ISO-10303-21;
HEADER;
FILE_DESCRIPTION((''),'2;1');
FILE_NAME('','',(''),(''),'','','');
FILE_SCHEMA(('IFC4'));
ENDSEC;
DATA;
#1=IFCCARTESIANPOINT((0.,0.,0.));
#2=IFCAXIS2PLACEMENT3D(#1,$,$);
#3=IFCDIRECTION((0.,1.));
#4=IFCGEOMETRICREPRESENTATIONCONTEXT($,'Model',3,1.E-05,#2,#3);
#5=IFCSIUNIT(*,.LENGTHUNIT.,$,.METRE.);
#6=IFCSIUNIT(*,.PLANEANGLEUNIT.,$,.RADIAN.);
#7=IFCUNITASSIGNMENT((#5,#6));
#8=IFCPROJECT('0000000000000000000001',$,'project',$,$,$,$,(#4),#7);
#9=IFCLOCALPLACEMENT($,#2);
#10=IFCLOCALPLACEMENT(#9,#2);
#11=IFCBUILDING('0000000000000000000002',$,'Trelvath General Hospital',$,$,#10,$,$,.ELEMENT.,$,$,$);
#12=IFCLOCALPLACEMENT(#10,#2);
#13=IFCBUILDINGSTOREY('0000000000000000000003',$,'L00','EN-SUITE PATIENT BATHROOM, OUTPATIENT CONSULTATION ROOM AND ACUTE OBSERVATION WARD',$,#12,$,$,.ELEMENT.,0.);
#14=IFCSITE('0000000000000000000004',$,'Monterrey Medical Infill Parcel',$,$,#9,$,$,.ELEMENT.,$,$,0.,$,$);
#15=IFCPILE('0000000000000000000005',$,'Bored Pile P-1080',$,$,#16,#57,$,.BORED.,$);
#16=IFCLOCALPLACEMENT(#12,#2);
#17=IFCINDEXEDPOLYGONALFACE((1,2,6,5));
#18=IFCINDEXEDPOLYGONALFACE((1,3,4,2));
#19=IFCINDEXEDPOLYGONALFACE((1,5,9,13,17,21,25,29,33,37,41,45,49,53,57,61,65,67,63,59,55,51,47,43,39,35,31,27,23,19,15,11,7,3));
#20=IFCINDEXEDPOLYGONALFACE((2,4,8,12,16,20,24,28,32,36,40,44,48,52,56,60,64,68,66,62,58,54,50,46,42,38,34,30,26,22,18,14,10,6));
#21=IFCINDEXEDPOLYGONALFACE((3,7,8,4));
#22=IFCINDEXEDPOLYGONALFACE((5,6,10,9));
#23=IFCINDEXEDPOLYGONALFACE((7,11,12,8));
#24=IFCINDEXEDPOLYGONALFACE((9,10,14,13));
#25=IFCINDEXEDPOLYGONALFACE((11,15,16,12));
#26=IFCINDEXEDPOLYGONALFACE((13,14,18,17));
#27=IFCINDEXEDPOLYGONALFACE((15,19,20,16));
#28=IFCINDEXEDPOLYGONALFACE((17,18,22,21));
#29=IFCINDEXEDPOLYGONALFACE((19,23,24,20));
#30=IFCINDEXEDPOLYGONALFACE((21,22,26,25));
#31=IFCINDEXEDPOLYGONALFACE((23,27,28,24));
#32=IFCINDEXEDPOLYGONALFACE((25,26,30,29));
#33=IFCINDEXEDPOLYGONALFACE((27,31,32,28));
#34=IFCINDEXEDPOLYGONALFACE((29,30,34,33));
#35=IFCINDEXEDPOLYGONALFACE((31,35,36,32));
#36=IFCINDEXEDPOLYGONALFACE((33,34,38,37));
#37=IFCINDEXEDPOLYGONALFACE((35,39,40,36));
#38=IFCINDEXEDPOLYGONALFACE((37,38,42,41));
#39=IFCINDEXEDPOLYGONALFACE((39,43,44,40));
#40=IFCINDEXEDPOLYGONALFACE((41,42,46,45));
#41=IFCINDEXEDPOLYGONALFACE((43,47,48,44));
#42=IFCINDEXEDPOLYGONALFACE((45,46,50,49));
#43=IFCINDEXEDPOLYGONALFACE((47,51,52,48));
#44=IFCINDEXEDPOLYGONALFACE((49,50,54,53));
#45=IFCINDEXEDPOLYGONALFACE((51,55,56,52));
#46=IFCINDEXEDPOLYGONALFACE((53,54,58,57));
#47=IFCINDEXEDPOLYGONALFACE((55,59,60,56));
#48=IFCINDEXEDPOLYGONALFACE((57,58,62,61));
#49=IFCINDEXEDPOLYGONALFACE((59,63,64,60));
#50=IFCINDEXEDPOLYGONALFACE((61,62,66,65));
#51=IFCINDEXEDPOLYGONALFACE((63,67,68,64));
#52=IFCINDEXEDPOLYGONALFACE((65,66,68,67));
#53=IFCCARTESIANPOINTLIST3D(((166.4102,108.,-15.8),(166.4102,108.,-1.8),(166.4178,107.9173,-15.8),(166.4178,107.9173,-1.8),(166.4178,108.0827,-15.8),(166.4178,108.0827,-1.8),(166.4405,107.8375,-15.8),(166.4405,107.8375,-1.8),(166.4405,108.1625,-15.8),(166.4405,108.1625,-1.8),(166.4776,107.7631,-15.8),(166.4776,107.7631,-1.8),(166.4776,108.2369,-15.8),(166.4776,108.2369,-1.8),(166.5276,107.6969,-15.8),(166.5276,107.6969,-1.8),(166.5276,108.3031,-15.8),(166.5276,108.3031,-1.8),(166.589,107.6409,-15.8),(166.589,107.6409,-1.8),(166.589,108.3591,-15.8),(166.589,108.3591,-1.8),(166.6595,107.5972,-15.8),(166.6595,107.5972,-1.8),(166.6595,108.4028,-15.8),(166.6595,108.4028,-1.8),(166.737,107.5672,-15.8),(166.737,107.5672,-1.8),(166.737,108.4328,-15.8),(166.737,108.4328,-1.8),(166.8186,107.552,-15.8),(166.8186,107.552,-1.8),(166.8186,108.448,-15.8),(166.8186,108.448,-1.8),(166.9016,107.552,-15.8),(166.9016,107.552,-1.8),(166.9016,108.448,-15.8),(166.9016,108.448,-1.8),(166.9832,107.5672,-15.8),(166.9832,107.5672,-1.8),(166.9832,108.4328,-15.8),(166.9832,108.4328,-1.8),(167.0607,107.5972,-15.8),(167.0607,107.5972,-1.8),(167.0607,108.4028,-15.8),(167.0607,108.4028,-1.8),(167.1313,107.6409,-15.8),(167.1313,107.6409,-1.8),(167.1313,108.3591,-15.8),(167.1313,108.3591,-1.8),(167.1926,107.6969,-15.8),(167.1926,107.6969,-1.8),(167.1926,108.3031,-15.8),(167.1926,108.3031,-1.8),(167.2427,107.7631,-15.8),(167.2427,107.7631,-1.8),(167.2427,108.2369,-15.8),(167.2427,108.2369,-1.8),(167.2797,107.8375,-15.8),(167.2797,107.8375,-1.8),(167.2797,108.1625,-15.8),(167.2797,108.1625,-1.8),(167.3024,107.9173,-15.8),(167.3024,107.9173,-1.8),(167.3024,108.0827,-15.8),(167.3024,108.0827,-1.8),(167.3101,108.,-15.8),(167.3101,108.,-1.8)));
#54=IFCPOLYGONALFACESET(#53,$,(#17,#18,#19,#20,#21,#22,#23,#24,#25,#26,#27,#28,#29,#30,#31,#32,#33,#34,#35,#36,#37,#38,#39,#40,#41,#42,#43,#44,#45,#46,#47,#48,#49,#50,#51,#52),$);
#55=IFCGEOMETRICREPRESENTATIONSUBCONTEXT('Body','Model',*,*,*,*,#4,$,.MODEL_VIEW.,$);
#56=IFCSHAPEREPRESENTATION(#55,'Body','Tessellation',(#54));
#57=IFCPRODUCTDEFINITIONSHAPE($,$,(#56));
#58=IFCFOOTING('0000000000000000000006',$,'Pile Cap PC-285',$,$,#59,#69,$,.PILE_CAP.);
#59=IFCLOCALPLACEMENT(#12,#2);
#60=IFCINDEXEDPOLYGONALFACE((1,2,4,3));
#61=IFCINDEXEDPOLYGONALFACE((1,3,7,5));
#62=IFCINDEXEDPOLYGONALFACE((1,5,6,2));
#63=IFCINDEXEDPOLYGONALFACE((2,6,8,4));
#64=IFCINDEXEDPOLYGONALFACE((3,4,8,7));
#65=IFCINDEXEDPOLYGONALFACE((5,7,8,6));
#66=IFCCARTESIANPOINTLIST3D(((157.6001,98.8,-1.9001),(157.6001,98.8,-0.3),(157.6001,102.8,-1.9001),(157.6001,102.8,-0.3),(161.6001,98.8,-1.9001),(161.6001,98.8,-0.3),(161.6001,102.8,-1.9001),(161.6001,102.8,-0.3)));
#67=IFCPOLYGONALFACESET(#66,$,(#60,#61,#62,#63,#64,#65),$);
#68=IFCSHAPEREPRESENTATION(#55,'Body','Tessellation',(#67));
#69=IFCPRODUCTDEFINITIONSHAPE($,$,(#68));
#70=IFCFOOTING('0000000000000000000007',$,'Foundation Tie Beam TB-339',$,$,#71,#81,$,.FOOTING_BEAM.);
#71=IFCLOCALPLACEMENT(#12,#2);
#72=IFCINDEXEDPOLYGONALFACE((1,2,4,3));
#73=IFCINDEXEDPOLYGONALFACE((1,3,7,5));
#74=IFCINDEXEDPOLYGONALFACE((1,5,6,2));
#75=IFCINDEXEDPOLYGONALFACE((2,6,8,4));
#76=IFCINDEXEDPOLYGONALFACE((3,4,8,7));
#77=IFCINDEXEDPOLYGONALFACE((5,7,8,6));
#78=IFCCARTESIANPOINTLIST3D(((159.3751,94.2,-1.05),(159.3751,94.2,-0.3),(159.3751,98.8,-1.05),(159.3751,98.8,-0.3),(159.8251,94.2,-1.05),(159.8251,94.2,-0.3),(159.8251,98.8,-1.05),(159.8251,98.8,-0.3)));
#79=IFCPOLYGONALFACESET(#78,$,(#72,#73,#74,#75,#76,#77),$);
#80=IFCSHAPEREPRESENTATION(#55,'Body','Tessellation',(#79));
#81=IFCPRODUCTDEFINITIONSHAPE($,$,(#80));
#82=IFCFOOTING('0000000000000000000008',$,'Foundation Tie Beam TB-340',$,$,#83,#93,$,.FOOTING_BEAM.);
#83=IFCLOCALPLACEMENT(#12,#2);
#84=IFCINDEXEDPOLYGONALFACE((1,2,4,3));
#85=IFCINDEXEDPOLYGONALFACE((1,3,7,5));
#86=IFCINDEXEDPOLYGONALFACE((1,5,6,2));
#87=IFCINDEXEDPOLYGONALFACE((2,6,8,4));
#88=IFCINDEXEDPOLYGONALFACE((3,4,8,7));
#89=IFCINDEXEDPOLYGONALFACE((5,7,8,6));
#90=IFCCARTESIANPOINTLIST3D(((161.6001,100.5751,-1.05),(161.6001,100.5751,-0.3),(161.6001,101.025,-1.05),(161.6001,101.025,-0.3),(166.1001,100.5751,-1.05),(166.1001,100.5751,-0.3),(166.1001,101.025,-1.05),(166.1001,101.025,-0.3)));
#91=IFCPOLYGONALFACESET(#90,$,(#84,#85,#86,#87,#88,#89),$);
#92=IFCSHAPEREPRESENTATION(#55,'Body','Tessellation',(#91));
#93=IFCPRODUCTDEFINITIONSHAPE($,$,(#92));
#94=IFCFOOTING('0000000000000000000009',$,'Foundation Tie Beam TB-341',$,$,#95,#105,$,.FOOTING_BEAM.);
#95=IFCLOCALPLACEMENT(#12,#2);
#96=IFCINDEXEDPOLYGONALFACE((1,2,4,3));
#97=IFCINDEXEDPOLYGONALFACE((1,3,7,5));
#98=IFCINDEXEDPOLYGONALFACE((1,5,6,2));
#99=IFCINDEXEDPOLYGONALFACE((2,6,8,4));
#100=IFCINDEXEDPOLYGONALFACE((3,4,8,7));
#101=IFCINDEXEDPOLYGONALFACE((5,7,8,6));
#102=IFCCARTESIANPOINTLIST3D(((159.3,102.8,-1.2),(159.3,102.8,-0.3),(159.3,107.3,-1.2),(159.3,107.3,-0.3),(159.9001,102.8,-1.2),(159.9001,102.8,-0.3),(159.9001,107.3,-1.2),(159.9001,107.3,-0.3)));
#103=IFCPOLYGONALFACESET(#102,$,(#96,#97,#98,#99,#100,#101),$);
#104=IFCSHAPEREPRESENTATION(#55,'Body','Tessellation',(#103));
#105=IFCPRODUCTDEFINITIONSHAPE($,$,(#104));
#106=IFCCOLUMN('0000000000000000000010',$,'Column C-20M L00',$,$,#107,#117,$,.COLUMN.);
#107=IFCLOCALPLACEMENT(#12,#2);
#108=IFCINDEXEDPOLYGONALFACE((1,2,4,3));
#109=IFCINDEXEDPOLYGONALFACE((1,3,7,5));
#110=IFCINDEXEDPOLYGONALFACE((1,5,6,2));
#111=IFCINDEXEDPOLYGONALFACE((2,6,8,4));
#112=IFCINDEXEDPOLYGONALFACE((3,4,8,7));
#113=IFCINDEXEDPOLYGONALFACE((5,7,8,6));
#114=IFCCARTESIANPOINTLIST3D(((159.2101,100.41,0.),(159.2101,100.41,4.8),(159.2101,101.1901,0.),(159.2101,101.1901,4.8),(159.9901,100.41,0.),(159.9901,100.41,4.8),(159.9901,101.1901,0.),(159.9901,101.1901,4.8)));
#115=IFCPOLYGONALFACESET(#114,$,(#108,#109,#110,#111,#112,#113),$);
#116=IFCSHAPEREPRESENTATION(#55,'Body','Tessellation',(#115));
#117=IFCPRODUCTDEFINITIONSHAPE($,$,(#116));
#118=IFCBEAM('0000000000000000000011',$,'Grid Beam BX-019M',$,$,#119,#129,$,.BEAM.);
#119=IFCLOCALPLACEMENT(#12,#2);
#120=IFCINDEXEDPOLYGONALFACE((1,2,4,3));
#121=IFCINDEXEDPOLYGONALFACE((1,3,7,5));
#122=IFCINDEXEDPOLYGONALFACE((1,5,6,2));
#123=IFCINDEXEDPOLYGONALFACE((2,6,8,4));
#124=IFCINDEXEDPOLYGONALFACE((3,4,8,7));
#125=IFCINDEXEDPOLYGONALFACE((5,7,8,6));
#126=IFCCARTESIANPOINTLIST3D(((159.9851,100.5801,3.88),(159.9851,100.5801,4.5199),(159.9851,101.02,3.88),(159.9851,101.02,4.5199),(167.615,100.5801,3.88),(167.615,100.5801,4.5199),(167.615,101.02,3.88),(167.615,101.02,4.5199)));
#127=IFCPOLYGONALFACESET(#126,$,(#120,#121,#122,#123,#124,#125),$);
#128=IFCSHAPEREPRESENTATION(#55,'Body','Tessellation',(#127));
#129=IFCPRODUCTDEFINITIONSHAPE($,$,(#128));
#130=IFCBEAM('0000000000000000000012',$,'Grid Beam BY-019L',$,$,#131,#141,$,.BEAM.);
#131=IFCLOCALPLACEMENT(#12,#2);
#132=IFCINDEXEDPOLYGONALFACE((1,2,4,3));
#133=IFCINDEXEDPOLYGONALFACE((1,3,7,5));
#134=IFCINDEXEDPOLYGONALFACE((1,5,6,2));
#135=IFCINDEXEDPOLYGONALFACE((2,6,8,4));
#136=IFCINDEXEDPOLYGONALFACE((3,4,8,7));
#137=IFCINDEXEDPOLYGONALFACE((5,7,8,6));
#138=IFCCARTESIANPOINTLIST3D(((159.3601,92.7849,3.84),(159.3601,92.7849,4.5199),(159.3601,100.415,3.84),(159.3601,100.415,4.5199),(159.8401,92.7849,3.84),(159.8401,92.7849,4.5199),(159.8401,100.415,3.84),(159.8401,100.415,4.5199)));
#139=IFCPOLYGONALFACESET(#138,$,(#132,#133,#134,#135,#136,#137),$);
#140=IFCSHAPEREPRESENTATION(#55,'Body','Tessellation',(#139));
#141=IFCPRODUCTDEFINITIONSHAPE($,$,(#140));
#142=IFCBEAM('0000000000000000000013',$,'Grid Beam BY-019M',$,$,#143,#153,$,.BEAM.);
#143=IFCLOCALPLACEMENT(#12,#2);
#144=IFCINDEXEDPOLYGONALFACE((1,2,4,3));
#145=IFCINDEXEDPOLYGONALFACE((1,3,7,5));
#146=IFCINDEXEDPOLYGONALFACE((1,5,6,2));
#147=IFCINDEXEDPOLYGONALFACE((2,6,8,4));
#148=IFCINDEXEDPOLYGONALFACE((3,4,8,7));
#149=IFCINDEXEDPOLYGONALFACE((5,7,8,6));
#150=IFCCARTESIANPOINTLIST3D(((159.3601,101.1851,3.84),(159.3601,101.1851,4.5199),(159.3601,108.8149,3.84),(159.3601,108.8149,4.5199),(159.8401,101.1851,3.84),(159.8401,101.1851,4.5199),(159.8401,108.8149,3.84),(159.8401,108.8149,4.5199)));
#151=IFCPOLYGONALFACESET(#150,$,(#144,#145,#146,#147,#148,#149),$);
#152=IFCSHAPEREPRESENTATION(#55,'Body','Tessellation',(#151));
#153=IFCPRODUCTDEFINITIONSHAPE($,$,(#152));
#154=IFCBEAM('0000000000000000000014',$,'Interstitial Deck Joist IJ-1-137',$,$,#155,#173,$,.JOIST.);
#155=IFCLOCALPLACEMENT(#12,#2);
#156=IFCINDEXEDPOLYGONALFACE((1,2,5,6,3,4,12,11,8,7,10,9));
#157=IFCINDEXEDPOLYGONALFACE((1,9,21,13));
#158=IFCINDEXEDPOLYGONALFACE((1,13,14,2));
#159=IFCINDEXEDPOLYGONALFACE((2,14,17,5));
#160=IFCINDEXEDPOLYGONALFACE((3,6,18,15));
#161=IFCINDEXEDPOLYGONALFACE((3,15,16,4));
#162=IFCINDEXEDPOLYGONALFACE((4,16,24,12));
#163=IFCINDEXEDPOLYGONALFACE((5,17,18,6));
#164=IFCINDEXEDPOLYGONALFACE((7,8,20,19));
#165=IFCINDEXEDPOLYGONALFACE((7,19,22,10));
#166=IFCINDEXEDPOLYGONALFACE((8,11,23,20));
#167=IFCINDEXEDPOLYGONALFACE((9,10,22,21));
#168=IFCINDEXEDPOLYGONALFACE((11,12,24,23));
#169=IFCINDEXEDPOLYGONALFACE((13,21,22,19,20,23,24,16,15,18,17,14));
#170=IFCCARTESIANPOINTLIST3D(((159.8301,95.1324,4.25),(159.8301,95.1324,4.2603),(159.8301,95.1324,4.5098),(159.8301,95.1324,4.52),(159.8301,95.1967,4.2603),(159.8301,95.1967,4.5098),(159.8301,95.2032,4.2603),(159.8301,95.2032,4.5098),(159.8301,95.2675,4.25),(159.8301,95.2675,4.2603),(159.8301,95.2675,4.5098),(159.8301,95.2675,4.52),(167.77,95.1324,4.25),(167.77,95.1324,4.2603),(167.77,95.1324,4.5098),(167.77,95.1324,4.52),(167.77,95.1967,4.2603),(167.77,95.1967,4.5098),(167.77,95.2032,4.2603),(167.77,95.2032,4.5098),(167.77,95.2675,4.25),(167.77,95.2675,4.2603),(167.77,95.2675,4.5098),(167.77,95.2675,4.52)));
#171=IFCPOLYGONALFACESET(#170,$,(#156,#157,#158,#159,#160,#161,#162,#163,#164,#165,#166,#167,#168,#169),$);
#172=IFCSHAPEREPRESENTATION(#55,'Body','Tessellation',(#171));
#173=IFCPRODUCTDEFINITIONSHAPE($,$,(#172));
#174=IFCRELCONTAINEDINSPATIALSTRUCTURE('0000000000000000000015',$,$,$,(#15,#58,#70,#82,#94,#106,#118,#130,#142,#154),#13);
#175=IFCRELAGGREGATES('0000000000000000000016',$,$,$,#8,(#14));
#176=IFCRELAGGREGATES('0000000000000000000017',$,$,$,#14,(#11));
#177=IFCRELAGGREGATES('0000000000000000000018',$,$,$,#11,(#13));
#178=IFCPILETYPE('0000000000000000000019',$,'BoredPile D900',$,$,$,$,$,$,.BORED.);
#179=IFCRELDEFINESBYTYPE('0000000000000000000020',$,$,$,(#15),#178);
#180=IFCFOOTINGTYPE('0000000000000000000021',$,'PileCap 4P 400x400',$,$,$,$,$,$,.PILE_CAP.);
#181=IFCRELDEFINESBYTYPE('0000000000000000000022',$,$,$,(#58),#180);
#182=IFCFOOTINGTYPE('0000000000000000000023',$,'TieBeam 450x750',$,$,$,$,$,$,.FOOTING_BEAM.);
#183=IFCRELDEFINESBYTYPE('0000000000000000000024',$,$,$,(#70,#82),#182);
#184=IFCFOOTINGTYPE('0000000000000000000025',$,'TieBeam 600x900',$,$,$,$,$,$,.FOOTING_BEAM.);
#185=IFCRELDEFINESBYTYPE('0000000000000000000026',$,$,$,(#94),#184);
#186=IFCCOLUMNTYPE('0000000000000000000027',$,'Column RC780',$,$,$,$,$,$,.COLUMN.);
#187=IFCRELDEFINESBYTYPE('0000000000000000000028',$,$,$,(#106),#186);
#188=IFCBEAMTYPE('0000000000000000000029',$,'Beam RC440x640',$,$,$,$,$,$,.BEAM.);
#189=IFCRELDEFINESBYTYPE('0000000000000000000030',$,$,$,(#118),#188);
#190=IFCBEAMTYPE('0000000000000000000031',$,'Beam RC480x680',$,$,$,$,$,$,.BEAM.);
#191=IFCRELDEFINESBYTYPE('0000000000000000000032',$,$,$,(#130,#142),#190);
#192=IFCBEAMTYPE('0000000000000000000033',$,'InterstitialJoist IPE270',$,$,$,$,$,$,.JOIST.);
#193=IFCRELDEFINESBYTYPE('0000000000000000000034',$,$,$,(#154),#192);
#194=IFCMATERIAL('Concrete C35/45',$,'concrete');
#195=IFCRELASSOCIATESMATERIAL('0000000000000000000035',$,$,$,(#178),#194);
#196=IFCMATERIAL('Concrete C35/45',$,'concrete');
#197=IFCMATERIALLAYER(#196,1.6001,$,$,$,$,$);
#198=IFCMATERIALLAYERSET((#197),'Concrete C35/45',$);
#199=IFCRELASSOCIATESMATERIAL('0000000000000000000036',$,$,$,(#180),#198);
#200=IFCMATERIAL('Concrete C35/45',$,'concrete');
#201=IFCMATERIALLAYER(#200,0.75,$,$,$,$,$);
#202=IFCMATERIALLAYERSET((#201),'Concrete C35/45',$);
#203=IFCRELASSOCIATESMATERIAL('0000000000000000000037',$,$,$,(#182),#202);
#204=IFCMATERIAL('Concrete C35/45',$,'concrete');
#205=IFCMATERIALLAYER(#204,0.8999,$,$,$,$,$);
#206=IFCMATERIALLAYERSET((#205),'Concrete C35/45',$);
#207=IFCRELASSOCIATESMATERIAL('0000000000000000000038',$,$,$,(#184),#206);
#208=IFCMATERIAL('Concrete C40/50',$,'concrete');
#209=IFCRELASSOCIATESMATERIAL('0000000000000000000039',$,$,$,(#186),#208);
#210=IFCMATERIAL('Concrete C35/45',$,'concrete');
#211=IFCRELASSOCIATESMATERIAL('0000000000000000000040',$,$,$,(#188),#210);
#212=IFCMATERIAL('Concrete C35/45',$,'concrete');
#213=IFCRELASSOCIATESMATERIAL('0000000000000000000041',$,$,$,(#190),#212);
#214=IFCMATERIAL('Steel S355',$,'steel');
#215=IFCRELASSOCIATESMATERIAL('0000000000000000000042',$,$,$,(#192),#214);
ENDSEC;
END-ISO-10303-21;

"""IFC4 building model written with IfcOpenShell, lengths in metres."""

from ifc_helpers import new_model, si_unit, direction, frame, origin, origin_2d, place, context, subcontext, project, spatial, rectangle, circle, i_section, extrude, material, layer, layer_set, material_profile, profile_set, type_object, element, save


model = new_model("IFC4")

# Units and contexts
model_context = context("Model", 3, precision=1e-05, world=origin(), true_north=direction((0.0, 1.0)))
body_context = subcontext(model_context, "Body", "Model", "MODEL_VIEW")
ifc_project = project(units=[si_unit("LENGTHUNIT", "METRE"), si_unit("PLANEANGLEUNIT", "RADIAN")], contexts=[model_context])

# Site, building, storey
site_placement = place(None, origin())
site = spatial("IfcSite", under=ifc_project, at=site_placement, Name="Monterrey Medical Infill Parcel", CompositionType="ELEMENT", RefElevation=0.0)
building_placement = place(site_placement, origin())
building = spatial("IfcBuilding", under=site, at=building_placement, Name="Trelvath General Hospital", CompositionType="ELEMENT")
storey_placement = place(building_placement, origin())
storey = spatial("IfcBuildingStorey", under=building, at=storey_placement, Name="L00", Description="EN-SUITE PATIENT BATHROOM, OUTPATIENT CONSULTATION ROOM AND ACUTE OBSERVATION WARD", CompositionType="ELEMENT", Elevation=0.0)

# Pile
ifc_material_1 = material(Name="Concrete C35/45", Category="concrete")
ifc_material_profile_1 = material_profile(ifc_material_1, circle(Radius=0.45, at=origin_2d()), Name="PILE900")
ifc_profile_set_1 = profile_set([ifc_material_profile_1], Name="Concrete C35/45")
pile_type_1 = type_object("IfcPileType", Name="BoredPile D900", PredefinedType="BORED", material=ifc_profile_set_1)
for number, where, z_axis, x_axis, name in (
    (1, (166.8601, 108.0, -1.8), (0.0, 0.0, -1.0), (1.0, 0.0, 0.0), "Bored Pile P-1080"),
):
    element("IfcPile", number, at=place(storey_placement, frame(where, z_axis=z_axis, x_axis=x_axis)), inside=storey, type_object=pile_type_1, Name=name, PredefinedType="BORED", context=body_context, shape_type="SweptSolid", body=[
        extrude(circle(Radius=0.45, at=origin_2d()), origin(), (0.0, 0.0, 1.0), 14.0),
    ])

# Footings
ifc_material_2 = material(Name="Concrete C35/45", Category="concrete")
ifc_layer_1 = layer(ifc_material_2, 1.6001)
ifc_layer_set_1 = layer_set([ifc_layer_1], Name="Concrete C35/45")
footing_type_1 = type_object("IfcFootingType", Name="PileCap 4P 400x400", PredefinedType="PILE_CAP", material=ifc_layer_set_1)
footing_1_placement = place(storey_placement, frame((159.6001, 100.8, -1.9001), z_axis=(0.0, 0.0, 1.0), x_axis=(1.0, 0.0, 0.0)))
element("IfcFooting", 2, at=footing_1_placement, inside=storey, type_object=footing_type_1, Name="Pile Cap PC-285", PredefinedType="PILE_CAP", context=body_context, shape_type="SweptSolid", body=[
    extrude(rectangle(XDim=4.0, YDim=4.0, at=origin_2d()), origin(), (0.0, 0.0, 1.0), 1.6001),
])
ifc_material_3 = material(Name="Concrete C35/45", Category="concrete")
ifc_layer_2 = layer(ifc_material_3, 0.75)
ifc_layer_set_2 = layer_set([ifc_layer_2], Name="Concrete C35/45")
footing_type_2 = type_object("IfcFootingType", Name="TieBeam 450x750", PredefinedType="FOOTING_BEAM", material=ifc_layer_set_2)
footing_2_placement = place(storey_placement, frame((159.6001, 96.5, -1.05), z_axis=(0.0, 0.0, 1.0), x_axis=(1.0, 0.0, 0.0)))
element("IfcFooting", 3, at=footing_2_placement, inside=storey, type_object=footing_type_2, Name="Foundation Tie Beam TB-339", PredefinedType="FOOTING_BEAM", context=body_context, shape_type="SweptSolid", body=[
    extrude(rectangle(XDim=0.45, YDim=4.6001, at=origin_2d()), origin(), (0.0, 0.0, 1.0), 0.75),
])
footing_3_placement = place(storey_placement, frame((163.8501, 100.8, -1.05), z_axis=(0.0, 0.0, 1.0), x_axis=(1.0, 0.0, 0.0)))
element("IfcFooting", 4, at=footing_3_placement, inside=storey, type_object=footing_type_2, Name="Foundation Tie Beam TB-340", PredefinedType="FOOTING_BEAM", context=body_context, shape_type="SweptSolid", body=[
    extrude(rectangle(XDim=4.5, YDim=0.45, at=origin_2d()), origin(), (0.0, 0.0, 1.0), 0.75),
])
ifc_material_4 = material(Name="Concrete C35/45", Category="concrete")
ifc_layer_3 = layer(ifc_material_4, 0.8999)
ifc_layer_set_3 = layer_set([ifc_layer_3], Name="Concrete C35/45")
footing_type_3 = type_object("IfcFootingType", Name="TieBeam 600x900", PredefinedType="FOOTING_BEAM", material=ifc_layer_set_3)
footing_4_placement = place(storey_placement, frame((159.6001, 105.05, -1.2), z_axis=(0.0, 0.0, 1.0), x_axis=(1.0, 0.0, 0.0)))
element("IfcFooting", 5, at=footing_4_placement, inside=storey, type_object=footing_type_3, Name="Foundation Tie Beam TB-341", PredefinedType="FOOTING_BEAM", context=body_context, shape_type="SweptSolid", body=[
    extrude(rectangle(XDim=0.6001, YDim=4.5, at=origin_2d()), origin(), (0.0, 0.0, 1.0), 0.8999),
])

# Column
ifc_material_5 = material(Name="Concrete C40/50", Category="concrete")
ifc_material_profile_2 = material_profile(ifc_material_5, rectangle(XDim=0.78, YDim=0.78, at=origin_2d()), Name="RC780x780")
ifc_profile_set_2 = profile_set([ifc_material_profile_2], Name="Concrete C40/50")
column_type = type_object("IfcColumnType", Name="Column RC780", PredefinedType="COLUMN", material=ifc_profile_set_2)
column_placement = place(storey_placement, frame((159.6001, 100.8, 0.0), z_axis=(0.0, 0.0, 1.0), x_axis=(1.0, 0.0, 0.0)))
element("IfcColumn", 6, at=column_placement, inside=storey, type_object=column_type, Name="Column C-20M L00", PredefinedType="COLUMN", context=body_context, shape_type="SweptSolid", body=[
    extrude(rectangle(XDim=0.78, YDim=0.78, at=origin_2d()), origin(), (0.0, 0.0, 1.0), 4.8),
])

# Beams
ifc_material_6 = material(Name="Concrete C35/45", Category="concrete")
ifc_material_profile_3 = material_profile(ifc_material_6, rectangle(XDim=0.4399, YDim=0.6399, at=origin_2d()), Name="RCB440x640")
ifc_profile_set_3 = profile_set([ifc_material_profile_3], Name="Concrete C35/45")
beam_type_1 = type_object("IfcBeamType", Name="Beam RC440x640", PredefinedType="BEAM", material=ifc_profile_set_3)
beam_1_placement = place(storey_placement, frame((159.9851, 100.8, 4.2), z_axis=(1.0, 0.0, 0.0), x_axis=(0.0, 1.0, 0.0)))
element("IfcBeam", 7, at=beam_1_placement, inside=storey, type_object=beam_type_1, Name="Grid Beam BX-019M", PredefinedType="BEAM", context=body_context, shape_type="SweptSolid", body=[
    extrude(rectangle(XDim=0.4399, YDim=0.6399, at=origin_2d()), origin(), (0.0, 0.0, 1.0), 7.6299),
])
ifc_material_7 = material(Name="Concrete C35/45", Category="concrete")
ifc_material_profile_4 = material_profile(ifc_material_7, rectangle(XDim=0.48, YDim=0.6799, at=origin_2d()), Name="RCB480x680")
ifc_profile_set_4 = profile_set([ifc_material_profile_4], Name="Concrete C35/45")
beam_type_2 = type_object("IfcBeamType", Name="Beam RC480x680", PredefinedType="BEAM", material=ifc_profile_set_4)
beam_2_placement = place(storey_placement, frame((159.6001, 92.7849, 4.1799), z_axis=(0.0, 1.0, 0.0), x_axis=(-1.0, 0.0, 0.0)))
element("IfcBeam", 8, at=beam_2_placement, inside=storey, type_object=beam_type_2, Name="Grid Beam BY-019L", PredefinedType="BEAM", context=body_context, shape_type="SweptSolid", body=[
    extrude(rectangle(XDim=0.48, YDim=0.6799, at=origin_2d()), origin(), (0.0, 0.0, 1.0), 7.6301),
])
beam_3_placement = place(storey_placement, frame((159.6001, 101.1851, 4.1799), z_axis=(0.0, 1.0, 0.0), x_axis=(-1.0, 0.0, 0.0)))
element("IfcBeam", 9, at=beam_3_placement, inside=storey, type_object=beam_type_2, Name="Grid Beam BY-019M", PredefinedType="BEAM", context=body_context, shape_type="SweptSolid", body=[
    extrude(rectangle(XDim=0.48, YDim=0.6799, at=origin_2d()), origin(), (0.0, 0.0, 1.0), 7.6299),
])
ifc_material_8 = material(Name="Steel S355", Category="steel")
ifc_material_profile_5 = material_profile(ifc_material_8, i_section(OverallWidth=0.135, OverallDepth=0.27, WebThickness=0.0066, FlangeThickness=0.0103, at=origin_2d()), Name="IPE270")
ifc_profile_set_5 = profile_set([ifc_material_profile_5], Name="Steel S355")
beam_type_3 = type_object("IfcBeamType", Name="InterstitialJoist IPE270", PredefinedType="JOIST", material=ifc_profile_set_5)
for number, where, z_axis, x_axis, name in (
    (10, (159.8301, 95.2, 4.385), (1.0, 0.0, 0.0), (0.0, 1.0, 0.0), "Interstitial Deck Joist IJ-1-137"),
):
    element("IfcBeam", number, at=place(storey_placement, frame(where, z_axis=z_axis, x_axis=x_axis)), inside=storey, type_object=beam_type_3, Name=name, PredefinedType="JOIST", context=body_context, shape_type="SweptSolid", body=[
        extrude(i_section(OverallWidth=0.135, OverallDepth=0.27, WebThickness=0.0066, FlangeThickness=0.0103, at=origin_2d()), origin(), (0.0, 0.0, 1.0), 7.9399),
    ])

save(model, "model.ifc")
